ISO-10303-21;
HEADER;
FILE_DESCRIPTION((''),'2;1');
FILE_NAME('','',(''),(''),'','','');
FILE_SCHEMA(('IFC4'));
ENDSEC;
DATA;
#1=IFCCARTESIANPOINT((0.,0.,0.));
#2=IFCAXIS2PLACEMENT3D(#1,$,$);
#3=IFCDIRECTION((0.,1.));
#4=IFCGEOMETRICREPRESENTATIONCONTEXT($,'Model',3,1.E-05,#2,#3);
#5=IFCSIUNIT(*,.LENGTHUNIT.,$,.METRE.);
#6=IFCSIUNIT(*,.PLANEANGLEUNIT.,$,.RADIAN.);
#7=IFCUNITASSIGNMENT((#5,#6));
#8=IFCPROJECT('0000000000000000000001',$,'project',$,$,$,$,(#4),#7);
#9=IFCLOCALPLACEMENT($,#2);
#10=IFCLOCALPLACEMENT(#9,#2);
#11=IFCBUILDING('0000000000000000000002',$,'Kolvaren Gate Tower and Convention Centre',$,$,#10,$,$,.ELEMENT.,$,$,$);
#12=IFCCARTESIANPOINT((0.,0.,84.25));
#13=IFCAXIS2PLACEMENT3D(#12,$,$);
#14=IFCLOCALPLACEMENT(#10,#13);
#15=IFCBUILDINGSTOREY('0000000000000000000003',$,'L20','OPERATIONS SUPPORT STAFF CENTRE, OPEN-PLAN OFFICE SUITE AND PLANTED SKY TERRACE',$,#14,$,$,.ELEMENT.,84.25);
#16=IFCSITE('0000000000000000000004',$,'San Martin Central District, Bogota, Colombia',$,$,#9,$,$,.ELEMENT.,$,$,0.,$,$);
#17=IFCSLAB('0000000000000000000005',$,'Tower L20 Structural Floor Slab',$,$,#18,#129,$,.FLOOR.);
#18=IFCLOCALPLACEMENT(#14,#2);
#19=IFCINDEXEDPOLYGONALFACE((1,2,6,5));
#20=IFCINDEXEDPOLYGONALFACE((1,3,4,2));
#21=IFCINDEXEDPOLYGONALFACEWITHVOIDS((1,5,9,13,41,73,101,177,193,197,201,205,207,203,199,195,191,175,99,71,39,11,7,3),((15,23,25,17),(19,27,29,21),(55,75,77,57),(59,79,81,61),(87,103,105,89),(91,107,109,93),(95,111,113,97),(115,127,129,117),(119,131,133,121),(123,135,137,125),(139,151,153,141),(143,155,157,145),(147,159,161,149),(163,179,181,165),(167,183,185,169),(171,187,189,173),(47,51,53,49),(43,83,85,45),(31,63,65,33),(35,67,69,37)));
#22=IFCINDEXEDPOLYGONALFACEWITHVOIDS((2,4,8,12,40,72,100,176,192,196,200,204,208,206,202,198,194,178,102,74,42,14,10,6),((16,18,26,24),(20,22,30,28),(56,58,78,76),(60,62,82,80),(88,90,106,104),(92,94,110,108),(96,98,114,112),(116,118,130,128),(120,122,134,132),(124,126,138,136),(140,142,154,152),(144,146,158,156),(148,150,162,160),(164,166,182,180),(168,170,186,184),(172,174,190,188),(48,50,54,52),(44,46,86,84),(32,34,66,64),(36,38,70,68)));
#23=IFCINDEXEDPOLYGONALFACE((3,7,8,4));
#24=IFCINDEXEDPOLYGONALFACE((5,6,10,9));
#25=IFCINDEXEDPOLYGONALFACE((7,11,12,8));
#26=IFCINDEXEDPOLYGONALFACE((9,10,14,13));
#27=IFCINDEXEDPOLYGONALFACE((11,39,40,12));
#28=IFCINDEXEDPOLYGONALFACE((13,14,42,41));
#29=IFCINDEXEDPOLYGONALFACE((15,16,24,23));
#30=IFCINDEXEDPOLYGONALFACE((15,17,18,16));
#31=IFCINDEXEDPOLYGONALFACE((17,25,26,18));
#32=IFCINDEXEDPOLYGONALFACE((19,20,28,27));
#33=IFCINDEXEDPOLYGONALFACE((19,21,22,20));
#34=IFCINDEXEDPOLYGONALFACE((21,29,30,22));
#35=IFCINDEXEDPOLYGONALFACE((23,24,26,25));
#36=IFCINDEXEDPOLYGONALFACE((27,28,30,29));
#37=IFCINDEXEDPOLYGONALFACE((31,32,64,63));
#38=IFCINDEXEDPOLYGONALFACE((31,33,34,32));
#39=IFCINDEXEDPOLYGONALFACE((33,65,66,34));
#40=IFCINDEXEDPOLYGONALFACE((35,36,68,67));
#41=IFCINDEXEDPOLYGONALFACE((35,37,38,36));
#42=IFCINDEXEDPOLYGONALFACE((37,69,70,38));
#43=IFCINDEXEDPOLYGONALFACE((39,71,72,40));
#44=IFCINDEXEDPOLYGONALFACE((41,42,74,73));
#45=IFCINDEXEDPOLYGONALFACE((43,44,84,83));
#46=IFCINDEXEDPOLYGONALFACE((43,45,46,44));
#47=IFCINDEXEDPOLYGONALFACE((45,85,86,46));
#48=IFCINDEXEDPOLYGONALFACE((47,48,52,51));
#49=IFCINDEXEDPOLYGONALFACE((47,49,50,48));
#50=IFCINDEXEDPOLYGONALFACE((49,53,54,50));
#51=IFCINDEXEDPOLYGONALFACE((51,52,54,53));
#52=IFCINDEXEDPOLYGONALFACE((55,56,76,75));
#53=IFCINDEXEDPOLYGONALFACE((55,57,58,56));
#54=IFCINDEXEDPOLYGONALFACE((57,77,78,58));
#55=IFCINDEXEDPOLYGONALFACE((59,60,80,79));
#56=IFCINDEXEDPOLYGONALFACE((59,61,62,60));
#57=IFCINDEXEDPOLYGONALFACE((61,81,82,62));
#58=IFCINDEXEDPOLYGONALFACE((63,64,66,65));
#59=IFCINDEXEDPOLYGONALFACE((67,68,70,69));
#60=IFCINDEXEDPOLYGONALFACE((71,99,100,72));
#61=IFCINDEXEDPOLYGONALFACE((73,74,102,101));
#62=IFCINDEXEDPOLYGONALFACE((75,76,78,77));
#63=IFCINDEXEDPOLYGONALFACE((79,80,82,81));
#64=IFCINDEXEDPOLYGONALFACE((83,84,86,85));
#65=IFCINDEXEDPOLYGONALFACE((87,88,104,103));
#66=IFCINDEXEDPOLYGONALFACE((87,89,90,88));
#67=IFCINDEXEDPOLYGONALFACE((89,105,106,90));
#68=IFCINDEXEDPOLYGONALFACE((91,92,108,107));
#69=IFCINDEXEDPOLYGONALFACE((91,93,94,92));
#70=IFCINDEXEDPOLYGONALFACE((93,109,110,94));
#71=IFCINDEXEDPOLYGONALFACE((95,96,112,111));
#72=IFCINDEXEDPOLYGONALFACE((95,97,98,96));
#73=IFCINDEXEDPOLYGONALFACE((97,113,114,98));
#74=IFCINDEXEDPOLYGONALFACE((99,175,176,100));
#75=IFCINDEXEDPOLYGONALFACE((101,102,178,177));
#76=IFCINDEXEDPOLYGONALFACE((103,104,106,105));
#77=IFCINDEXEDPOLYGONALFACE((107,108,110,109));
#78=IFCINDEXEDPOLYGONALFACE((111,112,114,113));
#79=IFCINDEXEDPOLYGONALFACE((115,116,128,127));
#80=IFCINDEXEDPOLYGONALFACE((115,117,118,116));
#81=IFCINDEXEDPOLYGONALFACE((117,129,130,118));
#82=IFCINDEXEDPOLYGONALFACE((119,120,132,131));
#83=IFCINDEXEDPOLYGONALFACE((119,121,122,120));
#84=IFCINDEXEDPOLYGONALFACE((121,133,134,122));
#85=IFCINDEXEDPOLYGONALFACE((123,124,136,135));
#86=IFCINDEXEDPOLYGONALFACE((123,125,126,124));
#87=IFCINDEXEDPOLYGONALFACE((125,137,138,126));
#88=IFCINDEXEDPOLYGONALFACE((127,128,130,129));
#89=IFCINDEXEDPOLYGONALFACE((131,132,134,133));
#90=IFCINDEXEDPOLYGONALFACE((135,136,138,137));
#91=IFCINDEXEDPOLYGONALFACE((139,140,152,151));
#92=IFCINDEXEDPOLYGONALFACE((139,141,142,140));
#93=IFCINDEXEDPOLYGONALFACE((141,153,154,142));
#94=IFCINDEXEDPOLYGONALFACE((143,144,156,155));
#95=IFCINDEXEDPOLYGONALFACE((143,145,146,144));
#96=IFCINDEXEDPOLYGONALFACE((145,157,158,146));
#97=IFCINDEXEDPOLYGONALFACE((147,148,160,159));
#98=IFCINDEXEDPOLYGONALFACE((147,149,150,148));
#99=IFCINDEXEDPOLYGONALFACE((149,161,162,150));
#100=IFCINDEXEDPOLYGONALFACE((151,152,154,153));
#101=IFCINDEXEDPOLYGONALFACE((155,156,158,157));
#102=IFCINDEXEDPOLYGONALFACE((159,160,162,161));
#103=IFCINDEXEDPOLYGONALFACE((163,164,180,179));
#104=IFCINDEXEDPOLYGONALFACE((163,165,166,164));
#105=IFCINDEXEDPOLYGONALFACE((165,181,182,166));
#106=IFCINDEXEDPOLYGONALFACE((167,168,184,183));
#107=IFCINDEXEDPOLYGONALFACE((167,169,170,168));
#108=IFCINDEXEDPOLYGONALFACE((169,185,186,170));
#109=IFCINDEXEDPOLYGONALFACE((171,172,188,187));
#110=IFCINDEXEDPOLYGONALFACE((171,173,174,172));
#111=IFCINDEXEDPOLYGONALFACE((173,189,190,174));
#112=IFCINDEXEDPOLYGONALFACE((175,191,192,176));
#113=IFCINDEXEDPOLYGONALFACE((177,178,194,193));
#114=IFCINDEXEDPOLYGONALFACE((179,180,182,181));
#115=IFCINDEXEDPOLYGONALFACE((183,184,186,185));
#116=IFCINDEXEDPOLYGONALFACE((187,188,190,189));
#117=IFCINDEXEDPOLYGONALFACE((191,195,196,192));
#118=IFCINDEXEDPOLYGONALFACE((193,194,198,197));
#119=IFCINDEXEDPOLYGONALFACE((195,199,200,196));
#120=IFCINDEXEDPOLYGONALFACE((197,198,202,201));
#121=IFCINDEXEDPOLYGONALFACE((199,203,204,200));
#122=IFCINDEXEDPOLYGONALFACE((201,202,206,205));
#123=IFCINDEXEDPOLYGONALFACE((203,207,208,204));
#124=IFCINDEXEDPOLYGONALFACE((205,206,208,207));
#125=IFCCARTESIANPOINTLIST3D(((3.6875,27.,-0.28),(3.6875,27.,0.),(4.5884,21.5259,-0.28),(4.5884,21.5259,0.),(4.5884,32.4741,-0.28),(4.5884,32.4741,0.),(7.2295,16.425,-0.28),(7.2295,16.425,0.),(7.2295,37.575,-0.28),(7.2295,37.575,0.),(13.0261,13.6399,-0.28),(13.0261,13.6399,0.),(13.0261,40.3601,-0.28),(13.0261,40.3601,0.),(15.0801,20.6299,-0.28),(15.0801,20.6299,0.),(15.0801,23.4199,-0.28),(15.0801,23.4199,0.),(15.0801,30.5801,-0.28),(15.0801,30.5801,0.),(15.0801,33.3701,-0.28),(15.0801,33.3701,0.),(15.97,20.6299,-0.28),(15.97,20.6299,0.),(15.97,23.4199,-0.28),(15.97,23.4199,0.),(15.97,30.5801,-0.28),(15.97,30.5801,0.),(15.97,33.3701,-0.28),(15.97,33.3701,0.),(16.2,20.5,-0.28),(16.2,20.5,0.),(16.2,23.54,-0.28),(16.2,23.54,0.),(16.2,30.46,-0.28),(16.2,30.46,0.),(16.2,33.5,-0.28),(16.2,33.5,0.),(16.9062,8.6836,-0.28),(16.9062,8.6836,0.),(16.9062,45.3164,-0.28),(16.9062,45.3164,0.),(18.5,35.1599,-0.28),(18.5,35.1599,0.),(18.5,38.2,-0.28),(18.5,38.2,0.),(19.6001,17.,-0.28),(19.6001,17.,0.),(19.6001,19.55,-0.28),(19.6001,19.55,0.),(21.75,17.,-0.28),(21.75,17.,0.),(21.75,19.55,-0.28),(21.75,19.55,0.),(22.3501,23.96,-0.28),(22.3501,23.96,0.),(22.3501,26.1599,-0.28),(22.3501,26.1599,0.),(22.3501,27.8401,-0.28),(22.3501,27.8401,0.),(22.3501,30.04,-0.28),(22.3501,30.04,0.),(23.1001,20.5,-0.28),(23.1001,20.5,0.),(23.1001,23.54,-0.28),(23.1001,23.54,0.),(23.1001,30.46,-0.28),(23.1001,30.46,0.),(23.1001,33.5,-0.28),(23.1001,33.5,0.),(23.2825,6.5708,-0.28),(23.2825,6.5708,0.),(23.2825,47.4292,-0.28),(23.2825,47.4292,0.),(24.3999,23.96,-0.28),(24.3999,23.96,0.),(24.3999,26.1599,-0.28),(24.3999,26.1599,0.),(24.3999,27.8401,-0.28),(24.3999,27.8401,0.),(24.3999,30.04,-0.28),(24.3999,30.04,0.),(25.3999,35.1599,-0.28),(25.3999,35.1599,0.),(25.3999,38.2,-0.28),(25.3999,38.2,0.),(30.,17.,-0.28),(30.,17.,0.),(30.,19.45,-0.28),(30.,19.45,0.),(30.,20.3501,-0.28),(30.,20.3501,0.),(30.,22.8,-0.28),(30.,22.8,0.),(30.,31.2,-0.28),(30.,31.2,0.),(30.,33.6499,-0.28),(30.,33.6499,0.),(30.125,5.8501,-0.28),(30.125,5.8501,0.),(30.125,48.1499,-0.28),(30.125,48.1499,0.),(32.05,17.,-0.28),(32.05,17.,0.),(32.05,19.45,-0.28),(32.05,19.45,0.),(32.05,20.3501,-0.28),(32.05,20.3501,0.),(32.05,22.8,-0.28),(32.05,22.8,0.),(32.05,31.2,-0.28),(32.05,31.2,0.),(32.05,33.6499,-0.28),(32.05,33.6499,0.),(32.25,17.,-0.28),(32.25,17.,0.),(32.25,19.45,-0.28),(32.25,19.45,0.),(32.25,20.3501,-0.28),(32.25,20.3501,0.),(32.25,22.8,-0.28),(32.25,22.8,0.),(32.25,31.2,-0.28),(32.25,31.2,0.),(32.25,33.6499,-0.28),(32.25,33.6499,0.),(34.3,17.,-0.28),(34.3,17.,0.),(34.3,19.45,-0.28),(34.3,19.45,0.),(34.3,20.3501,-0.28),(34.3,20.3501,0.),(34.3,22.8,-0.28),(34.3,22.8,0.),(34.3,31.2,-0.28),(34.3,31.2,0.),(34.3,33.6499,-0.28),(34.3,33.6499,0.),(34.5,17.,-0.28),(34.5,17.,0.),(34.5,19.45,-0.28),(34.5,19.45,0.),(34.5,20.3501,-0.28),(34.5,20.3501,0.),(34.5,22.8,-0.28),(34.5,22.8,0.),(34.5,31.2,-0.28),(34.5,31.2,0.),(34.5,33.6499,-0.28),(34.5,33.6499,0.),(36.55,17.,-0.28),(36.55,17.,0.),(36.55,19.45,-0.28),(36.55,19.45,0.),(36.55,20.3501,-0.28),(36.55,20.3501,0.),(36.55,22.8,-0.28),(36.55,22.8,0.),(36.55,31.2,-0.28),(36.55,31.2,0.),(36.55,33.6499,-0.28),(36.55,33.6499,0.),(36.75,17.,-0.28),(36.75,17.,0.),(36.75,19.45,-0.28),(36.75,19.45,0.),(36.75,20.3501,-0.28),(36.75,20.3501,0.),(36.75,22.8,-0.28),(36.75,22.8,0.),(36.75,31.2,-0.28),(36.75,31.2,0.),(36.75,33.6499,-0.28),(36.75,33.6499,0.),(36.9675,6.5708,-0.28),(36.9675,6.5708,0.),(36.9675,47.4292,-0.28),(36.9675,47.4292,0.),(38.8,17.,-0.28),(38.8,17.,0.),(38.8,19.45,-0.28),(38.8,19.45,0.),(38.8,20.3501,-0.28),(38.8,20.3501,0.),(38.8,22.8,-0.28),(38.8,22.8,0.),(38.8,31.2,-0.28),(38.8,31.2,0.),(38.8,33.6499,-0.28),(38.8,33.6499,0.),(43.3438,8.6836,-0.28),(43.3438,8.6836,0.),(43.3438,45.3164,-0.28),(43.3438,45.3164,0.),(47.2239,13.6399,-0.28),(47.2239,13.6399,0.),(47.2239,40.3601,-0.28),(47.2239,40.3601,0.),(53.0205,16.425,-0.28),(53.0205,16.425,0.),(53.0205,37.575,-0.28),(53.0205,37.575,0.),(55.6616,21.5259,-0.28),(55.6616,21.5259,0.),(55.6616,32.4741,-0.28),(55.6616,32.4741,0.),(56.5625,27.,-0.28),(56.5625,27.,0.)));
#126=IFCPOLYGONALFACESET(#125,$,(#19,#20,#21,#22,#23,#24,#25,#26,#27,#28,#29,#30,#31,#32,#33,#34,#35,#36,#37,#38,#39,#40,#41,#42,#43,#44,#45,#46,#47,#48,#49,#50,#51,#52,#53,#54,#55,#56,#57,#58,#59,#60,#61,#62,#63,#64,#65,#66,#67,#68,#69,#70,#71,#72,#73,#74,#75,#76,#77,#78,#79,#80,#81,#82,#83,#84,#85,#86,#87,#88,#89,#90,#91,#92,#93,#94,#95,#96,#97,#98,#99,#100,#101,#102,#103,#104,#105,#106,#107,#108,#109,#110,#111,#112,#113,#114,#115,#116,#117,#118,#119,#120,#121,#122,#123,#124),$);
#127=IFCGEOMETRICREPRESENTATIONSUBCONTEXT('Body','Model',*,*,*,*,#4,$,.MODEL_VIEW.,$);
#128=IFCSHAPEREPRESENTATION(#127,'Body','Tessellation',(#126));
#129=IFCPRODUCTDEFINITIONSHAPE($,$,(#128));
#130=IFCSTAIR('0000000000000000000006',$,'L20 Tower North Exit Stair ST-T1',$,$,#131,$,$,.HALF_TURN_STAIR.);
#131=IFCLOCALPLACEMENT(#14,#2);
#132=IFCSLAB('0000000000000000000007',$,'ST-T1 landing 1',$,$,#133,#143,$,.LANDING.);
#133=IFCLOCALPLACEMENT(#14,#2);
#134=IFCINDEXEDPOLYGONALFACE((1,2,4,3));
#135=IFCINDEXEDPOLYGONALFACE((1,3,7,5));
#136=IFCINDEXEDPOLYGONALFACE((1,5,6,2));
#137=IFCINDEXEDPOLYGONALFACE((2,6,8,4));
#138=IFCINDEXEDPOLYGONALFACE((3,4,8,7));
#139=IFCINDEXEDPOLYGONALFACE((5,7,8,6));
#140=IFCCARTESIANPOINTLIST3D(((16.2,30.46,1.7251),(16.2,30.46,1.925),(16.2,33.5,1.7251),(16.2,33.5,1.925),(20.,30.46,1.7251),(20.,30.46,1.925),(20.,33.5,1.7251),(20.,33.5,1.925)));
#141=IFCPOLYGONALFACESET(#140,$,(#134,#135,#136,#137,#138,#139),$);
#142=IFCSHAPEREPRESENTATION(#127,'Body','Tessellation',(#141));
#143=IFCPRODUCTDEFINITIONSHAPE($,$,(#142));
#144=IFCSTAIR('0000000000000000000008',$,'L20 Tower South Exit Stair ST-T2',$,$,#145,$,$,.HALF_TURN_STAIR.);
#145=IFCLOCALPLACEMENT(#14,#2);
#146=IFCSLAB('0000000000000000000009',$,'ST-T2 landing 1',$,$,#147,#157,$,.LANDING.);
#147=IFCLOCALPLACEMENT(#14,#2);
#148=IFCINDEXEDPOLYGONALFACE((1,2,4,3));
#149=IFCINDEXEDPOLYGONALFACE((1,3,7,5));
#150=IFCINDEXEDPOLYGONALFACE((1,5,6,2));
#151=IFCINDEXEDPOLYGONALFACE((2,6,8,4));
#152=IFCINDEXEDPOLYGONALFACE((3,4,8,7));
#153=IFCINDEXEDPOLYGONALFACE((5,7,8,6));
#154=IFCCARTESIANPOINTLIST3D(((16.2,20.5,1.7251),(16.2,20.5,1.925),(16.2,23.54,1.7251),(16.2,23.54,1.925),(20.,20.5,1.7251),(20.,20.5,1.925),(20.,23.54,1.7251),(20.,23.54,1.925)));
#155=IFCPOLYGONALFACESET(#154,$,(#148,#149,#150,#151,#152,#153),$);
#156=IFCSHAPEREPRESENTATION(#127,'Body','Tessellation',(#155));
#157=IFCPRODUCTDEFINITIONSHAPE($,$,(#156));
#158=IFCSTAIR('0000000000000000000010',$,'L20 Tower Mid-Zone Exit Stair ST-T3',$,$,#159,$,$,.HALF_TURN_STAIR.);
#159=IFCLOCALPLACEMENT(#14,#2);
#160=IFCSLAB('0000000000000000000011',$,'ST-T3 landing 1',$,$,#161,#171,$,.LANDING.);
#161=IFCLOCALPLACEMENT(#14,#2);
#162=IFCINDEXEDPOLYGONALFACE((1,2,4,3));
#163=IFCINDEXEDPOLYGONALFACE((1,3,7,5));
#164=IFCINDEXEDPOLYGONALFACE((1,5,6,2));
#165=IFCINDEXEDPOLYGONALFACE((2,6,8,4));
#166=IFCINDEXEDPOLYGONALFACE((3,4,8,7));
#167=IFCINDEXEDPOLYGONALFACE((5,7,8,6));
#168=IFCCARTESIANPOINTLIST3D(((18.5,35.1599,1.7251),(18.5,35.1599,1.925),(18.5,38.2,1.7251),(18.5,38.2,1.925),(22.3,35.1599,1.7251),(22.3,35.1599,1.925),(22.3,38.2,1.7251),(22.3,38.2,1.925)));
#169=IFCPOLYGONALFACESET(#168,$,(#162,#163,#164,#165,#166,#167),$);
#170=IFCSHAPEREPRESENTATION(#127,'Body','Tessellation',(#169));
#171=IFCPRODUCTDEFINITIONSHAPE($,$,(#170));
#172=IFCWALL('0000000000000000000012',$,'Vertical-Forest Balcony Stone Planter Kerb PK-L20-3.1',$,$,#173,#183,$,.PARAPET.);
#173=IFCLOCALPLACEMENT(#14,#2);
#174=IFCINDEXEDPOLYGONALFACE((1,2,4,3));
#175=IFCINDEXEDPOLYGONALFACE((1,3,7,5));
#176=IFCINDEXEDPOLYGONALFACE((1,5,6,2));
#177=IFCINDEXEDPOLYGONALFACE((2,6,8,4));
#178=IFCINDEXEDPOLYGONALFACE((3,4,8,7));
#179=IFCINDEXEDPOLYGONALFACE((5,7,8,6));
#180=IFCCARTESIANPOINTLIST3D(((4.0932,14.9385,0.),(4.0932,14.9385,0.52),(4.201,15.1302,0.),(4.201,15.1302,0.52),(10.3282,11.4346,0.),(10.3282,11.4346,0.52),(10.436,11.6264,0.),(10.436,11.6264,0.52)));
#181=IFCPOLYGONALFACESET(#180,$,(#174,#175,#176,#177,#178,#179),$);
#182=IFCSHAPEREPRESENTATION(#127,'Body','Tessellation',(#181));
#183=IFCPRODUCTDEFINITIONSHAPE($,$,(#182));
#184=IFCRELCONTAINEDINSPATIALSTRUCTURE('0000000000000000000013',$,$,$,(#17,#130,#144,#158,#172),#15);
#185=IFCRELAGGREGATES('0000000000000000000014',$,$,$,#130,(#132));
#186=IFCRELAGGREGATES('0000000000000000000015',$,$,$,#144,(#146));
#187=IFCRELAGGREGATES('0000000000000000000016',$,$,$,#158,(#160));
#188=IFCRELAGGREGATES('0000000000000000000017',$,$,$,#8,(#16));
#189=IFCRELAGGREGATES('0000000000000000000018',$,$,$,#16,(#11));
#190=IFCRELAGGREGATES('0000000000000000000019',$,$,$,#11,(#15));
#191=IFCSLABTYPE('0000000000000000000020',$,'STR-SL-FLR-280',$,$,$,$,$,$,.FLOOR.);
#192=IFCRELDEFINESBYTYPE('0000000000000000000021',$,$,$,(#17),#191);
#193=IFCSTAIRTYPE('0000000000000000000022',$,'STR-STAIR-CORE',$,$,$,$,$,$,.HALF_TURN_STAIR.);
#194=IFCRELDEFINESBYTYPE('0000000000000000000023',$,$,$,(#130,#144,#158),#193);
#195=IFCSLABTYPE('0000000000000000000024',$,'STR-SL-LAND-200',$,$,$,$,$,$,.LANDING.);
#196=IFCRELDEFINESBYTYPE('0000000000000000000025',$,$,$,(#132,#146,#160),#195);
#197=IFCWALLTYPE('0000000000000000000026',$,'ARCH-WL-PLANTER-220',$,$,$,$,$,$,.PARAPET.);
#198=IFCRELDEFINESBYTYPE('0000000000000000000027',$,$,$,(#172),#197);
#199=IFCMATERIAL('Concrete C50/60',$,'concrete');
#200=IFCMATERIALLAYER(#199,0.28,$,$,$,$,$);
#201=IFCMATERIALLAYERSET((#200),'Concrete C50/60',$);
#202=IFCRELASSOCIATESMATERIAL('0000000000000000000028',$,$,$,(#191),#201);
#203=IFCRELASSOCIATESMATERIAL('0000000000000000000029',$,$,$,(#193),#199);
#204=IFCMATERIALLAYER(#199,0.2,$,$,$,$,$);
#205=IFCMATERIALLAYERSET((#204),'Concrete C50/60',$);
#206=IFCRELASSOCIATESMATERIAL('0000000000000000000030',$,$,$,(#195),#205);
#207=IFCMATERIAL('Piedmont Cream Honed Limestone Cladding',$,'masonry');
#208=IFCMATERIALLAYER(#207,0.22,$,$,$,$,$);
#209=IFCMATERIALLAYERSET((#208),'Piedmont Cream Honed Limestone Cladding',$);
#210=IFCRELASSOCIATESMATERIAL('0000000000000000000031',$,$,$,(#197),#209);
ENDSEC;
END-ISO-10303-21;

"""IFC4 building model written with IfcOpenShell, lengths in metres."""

from ifc_helpers import new_model, si_unit, direction, frame, frame_2d, origin, place, context, subcontext, project, spatial, polyline, rectangle, outline, extrude, material, layer, layer_set, type_object, element, aggregate, save


model = new_model("IFC4")

# Units and contexts
model_context = context("Model", 3, precision=1e-05, world=origin(), true_north=direction((0.0, 1.0)))
body_context = subcontext(model_context, "Body", "Model", "MODEL_VIEW")
ifc_project = project(units=[si_unit("LENGTHUNIT", "METRE"), si_unit("PLANEANGLEUNIT", "RADIAN")], contexts=[model_context])

# Site, building, storey
site_placement = place(None, origin())
site = spatial("IfcSite", under=ifc_project, at=site_placement, Name="San Martin Central District, Bogota, Colombia", CompositionType="ELEMENT", RefElevation=0.0)
building_placement = place(site_placement, origin())
building = spatial("IfcBuilding", under=site, at=building_placement, Name="Kolvaren Gate Tower and Convention Centre", CompositionType="ELEMENT")
storey_placement = place(building_placement, frame((0.0, 0.0, 84.25)))
storey = spatial("IfcBuildingStorey", under=building, at=storey_placement, Name="L20", Description="OPERATIONS SUPPORT STAFF CENTRE, OPEN-PLAN OFFICE SUITE AND PLANTED SKY TERRACE", CompositionType="ELEMENT", Elevation=84.25)

# Slab
ifc_material_1 = material(Name="Concrete C50/60", Category="concrete")
ifc_layer_1 = layer(ifc_material_1, 0.28)
ifc_layer_set_1 = layer_set([ifc_layer_1], Name="Concrete C50/60")
slab_type_1 = type_object("IfcSlabType", Name="STR-SL-FLR-280", PredefinedType="FLOOR", material=ifc_layer_set_1)
slab_1_placement = place(storey_placement, frame((0.0, 0.0, -0.28)))
element("IfcSlab", 1, at=slab_1_placement, inside=storey, type_object=slab_type_1, Name="Tower L20 Structural Floor Slab", PredefinedType="FLOOR", context=body_context, shape_type="SweptSolid", body=[
    extrude(outline(polyline([(56.5625, 27.0), (55.6616, 32.4741), (53.0205, 37.575), (47.2239, 40.3601), (43.3438, 45.3164), (36.9675, 47.4292), (30.125, 48.1499), (23.2825, 47.4292), (16.9062, 45.3164), (13.0261, 40.3601), (7.2295, 37.575), (4.5884, 32.4741), (3.6875, 27.0), (4.5884, 21.5259), (7.2295, 16.425), (13.0261, 13.6399), (16.9062, 8.6836), (23.2825, 6.5708), (30.125, 5.8501), (36.9675, 6.5708), (43.3438, 8.6836), (47.2239, 13.6399), (53.0205, 16.425), (55.6616, 21.5259), (56.5625, 27.0)]), holes=[polyline([(36.75, 33.6499), (38.8, 33.6499), (38.8, 31.2), (36.75, 31.2), (36.75, 33.6499)]), polyline([(36.75, 20.3501), (36.75, 22.8), (38.8, 22.8), (38.8, 20.3501), (36.75, 20.3501)]), polyline([(36.75, 17.0), (36.75, 19.45), (38.8, 19.45), (38.8, 17.0), (36.75, 17.0)]), polyline([(34.5, 33.6499), (36.55, 33.6499), (36.55, 31.2), (34.5, 31.2), (34.5, 33.6499)]), polyline([(34.5, 22.8), (36.55, 22.8), (36.55, 20.3501), (34.5, 20.3501), (34.5, 22.8)]), polyline([(34.5, 17.0), (34.5, 19.45), (36.55, 19.45), (36.55, 17.0), (34.5, 17.0)]), polyline([(32.25, 31.2), (32.25, 33.6499), (34.3, 33.6499), (34.3, 31.2), (32.25, 31.2)]), polyline([(32.25, 22.8), (34.3, 22.8), (34.3, 20.3501), (32.25, 20.3501), (32.25, 22.8)]), polyline([(32.25, 17.0), (32.25, 19.45), (34.3, 19.45), (34.3, 17.0), (32.25, 17.0)]), polyline([(30.0, 31.2), (30.0, 33.6499), (32.05, 33.6499), (32.05, 31.2), (30.0, 31.2)]), polyline([(30.0, 20.3501), (30.0, 22.8), (32.05, 22.8), (32.05, 20.3501), (30.0, 20.3501)]), polyline([(30.0, 17.0), (30.0, 19.45), (32.05, 19.45), (32.05, 17.0), (30.0, 17.0)]), polyline([(25.3999, 35.1599), (18.5, 35.1599), (18.5, 38.2), (25.3999, 38.2), (25.3999, 35.1599)]), polyline([(22.3501, 27.8401), (22.3501, 30.04), (24.3999, 30.04), (24.3999, 27.8401), (22.3501, 27.8401)]), polyline([(22.3501, 23.96), (22.3501, 26.1599), (24.3999, 26.1599), (24.3999, 23.96), (22.3501, 23.96)]), polyline([(23.1001, 30.46), (16.2, 30.46), (16.2, 33.5), (23.1001, 33.5), (23.1001, 30.46)]), polyline([(23.1001, 20.5), (16.2, 20.5), (16.2, 23.54), (23.1001, 23.54), (23.1001, 20.5)]), polyline([(19.6001, 17.0), (19.6001, 19.55), (21.75, 19.55), (21.75, 17.0), (19.6001, 17.0)]), polyline([(15.0801, 23.4199), (15.97, 23.4199), (15.97, 20.6299), (15.0801, 20.6299), (15.0801, 23.4199)]), polyline([(15.0801, 30.5801), (15.0801, 33.3701), (15.97, 33.3701), (15.97, 30.5801), (15.0801, 30.5801)])]), origin(), (0.0, 0.0, 1.0), 0.28),
])

# Stairs, slabs
stair_type = type_object("IfcStairType", Name="STR-STAIR-CORE", PredefinedType="HALF_TURN_STAIR", material=ifc_material_1)
stair_1_placement = place(storey_placement, origin())
stair_1 = element("IfcStair", 2, at=stair_1_placement, inside=storey, type_object=stair_type, Name="L20 Tower North Exit Stair ST-T1", PredefinedType="HALF_TURN_STAIR")
ifc_layer_2 = layer(ifc_material_1, 0.2)
ifc_layer_set_2 = layer_set([ifc_layer_2], Name="Concrete C50/60")
slab_type_2 = type_object("IfcSlabType", Name="STR-SL-LAND-200", PredefinedType="LANDING", material=ifc_layer_set_2)
slab_2_placement = place(storey_placement, frame((0.0, 0.0, 1.7251)))
slab_2 = element("IfcSlab", 3, at=slab_2_placement, type_object=slab_type_2, Name="ST-T1 landing 1", PredefinedType="LANDING", context=body_context, shape_type="SweptSolid", body=[
    extrude(outline(polyline([(20.0, 33.5), (16.2, 33.5), (16.2, 30.46), (20.0, 30.46), (20.0, 33.5)])), origin(), (0.0, 0.0, 1.0), 0.2),
])
aggregate(stair_1, [slab_2])
stair_2_placement = place(storey_placement, origin())
stair_2 = element("IfcStair", 4, at=stair_2_placement, inside=storey, type_object=stair_type, Name="L20 Tower South Exit Stair ST-T2", PredefinedType="HALF_TURN_STAIR")
slab_3_placement = place(storey_placement, frame((0.0, 0.0, 1.7251)))
slab_3 = element("IfcSlab", 5, at=slab_3_placement, type_object=slab_type_2, Name="ST-T2 landing 1", PredefinedType="LANDING", context=body_context, shape_type="SweptSolid", body=[
    extrude(outline(polyline([(20.0, 23.54), (16.2, 23.54), (16.2, 20.5), (20.0, 20.5), (20.0, 23.54)])), origin(), (0.0, 0.0, 1.0), 0.2),
])
aggregate(stair_2, [slab_3])
stair_3_placement = place(storey_placement, origin())
stair_3 = element("IfcStair", 6, at=stair_3_placement, inside=storey, type_object=stair_type, Name="L20 Tower Mid-Zone Exit Stair ST-T3", PredefinedType="HALF_TURN_STAIR")
slab_4_placement = place(storey_placement, frame((0.0, 0.0, 1.7251)))
slab_4 = element("IfcSlab", 7, at=slab_4_placement, type_object=slab_type_2, Name="ST-T3 landing 1", PredefinedType="LANDING", context=body_context, shape_type="SweptSolid", body=[
    extrude(outline(polyline([(22.3, 38.2), (18.5, 38.2), (18.5, 35.1599), (22.3, 35.1599), (22.3, 38.2)])), origin(), (0.0, 0.0, 1.0), 0.2),
])
aggregate(stair_3, [slab_4])

# Wall
ifc_material_2 = material(Name="Piedmont Cream Honed Limestone Cladding", Category="masonry")
ifc_layer_3 = layer(ifc_material_2, 0.22)
ifc_layer_set_3 = layer_set([ifc_layer_3], Name="Piedmont Cream Honed Limestone Cladding")
wall_type_1 = type_object("IfcWallType", Name="ARCH-WL-PLANTER-220", PredefinedType="PARAPET", material=ifc_layer_set_3)
wall_1_placement = place(storey_placement, frame((4.147, 15.0344, 0.0), z_axis=(0.0, 0.0, 1.0), x_axis=(0.871775, -0.489906, 0.0)))
element("IfcWall", 8, at=wall_1_placement, inside=storey, type_object=wall_type_1, Name="Vertical-Forest Balcony Stone Planter Kerb PK-L20-3.1", PredefinedType="PARAPET", context=body_context, shape_type="SweptSolid", body=[
    extrude(rectangle(XDim=7.1521, YDim=0.22, at=frame_2d((3.5762, 0.0))), origin(), (0.0, 0.0, 1.0), 0.52),
])

save(model, "model.ifc")
